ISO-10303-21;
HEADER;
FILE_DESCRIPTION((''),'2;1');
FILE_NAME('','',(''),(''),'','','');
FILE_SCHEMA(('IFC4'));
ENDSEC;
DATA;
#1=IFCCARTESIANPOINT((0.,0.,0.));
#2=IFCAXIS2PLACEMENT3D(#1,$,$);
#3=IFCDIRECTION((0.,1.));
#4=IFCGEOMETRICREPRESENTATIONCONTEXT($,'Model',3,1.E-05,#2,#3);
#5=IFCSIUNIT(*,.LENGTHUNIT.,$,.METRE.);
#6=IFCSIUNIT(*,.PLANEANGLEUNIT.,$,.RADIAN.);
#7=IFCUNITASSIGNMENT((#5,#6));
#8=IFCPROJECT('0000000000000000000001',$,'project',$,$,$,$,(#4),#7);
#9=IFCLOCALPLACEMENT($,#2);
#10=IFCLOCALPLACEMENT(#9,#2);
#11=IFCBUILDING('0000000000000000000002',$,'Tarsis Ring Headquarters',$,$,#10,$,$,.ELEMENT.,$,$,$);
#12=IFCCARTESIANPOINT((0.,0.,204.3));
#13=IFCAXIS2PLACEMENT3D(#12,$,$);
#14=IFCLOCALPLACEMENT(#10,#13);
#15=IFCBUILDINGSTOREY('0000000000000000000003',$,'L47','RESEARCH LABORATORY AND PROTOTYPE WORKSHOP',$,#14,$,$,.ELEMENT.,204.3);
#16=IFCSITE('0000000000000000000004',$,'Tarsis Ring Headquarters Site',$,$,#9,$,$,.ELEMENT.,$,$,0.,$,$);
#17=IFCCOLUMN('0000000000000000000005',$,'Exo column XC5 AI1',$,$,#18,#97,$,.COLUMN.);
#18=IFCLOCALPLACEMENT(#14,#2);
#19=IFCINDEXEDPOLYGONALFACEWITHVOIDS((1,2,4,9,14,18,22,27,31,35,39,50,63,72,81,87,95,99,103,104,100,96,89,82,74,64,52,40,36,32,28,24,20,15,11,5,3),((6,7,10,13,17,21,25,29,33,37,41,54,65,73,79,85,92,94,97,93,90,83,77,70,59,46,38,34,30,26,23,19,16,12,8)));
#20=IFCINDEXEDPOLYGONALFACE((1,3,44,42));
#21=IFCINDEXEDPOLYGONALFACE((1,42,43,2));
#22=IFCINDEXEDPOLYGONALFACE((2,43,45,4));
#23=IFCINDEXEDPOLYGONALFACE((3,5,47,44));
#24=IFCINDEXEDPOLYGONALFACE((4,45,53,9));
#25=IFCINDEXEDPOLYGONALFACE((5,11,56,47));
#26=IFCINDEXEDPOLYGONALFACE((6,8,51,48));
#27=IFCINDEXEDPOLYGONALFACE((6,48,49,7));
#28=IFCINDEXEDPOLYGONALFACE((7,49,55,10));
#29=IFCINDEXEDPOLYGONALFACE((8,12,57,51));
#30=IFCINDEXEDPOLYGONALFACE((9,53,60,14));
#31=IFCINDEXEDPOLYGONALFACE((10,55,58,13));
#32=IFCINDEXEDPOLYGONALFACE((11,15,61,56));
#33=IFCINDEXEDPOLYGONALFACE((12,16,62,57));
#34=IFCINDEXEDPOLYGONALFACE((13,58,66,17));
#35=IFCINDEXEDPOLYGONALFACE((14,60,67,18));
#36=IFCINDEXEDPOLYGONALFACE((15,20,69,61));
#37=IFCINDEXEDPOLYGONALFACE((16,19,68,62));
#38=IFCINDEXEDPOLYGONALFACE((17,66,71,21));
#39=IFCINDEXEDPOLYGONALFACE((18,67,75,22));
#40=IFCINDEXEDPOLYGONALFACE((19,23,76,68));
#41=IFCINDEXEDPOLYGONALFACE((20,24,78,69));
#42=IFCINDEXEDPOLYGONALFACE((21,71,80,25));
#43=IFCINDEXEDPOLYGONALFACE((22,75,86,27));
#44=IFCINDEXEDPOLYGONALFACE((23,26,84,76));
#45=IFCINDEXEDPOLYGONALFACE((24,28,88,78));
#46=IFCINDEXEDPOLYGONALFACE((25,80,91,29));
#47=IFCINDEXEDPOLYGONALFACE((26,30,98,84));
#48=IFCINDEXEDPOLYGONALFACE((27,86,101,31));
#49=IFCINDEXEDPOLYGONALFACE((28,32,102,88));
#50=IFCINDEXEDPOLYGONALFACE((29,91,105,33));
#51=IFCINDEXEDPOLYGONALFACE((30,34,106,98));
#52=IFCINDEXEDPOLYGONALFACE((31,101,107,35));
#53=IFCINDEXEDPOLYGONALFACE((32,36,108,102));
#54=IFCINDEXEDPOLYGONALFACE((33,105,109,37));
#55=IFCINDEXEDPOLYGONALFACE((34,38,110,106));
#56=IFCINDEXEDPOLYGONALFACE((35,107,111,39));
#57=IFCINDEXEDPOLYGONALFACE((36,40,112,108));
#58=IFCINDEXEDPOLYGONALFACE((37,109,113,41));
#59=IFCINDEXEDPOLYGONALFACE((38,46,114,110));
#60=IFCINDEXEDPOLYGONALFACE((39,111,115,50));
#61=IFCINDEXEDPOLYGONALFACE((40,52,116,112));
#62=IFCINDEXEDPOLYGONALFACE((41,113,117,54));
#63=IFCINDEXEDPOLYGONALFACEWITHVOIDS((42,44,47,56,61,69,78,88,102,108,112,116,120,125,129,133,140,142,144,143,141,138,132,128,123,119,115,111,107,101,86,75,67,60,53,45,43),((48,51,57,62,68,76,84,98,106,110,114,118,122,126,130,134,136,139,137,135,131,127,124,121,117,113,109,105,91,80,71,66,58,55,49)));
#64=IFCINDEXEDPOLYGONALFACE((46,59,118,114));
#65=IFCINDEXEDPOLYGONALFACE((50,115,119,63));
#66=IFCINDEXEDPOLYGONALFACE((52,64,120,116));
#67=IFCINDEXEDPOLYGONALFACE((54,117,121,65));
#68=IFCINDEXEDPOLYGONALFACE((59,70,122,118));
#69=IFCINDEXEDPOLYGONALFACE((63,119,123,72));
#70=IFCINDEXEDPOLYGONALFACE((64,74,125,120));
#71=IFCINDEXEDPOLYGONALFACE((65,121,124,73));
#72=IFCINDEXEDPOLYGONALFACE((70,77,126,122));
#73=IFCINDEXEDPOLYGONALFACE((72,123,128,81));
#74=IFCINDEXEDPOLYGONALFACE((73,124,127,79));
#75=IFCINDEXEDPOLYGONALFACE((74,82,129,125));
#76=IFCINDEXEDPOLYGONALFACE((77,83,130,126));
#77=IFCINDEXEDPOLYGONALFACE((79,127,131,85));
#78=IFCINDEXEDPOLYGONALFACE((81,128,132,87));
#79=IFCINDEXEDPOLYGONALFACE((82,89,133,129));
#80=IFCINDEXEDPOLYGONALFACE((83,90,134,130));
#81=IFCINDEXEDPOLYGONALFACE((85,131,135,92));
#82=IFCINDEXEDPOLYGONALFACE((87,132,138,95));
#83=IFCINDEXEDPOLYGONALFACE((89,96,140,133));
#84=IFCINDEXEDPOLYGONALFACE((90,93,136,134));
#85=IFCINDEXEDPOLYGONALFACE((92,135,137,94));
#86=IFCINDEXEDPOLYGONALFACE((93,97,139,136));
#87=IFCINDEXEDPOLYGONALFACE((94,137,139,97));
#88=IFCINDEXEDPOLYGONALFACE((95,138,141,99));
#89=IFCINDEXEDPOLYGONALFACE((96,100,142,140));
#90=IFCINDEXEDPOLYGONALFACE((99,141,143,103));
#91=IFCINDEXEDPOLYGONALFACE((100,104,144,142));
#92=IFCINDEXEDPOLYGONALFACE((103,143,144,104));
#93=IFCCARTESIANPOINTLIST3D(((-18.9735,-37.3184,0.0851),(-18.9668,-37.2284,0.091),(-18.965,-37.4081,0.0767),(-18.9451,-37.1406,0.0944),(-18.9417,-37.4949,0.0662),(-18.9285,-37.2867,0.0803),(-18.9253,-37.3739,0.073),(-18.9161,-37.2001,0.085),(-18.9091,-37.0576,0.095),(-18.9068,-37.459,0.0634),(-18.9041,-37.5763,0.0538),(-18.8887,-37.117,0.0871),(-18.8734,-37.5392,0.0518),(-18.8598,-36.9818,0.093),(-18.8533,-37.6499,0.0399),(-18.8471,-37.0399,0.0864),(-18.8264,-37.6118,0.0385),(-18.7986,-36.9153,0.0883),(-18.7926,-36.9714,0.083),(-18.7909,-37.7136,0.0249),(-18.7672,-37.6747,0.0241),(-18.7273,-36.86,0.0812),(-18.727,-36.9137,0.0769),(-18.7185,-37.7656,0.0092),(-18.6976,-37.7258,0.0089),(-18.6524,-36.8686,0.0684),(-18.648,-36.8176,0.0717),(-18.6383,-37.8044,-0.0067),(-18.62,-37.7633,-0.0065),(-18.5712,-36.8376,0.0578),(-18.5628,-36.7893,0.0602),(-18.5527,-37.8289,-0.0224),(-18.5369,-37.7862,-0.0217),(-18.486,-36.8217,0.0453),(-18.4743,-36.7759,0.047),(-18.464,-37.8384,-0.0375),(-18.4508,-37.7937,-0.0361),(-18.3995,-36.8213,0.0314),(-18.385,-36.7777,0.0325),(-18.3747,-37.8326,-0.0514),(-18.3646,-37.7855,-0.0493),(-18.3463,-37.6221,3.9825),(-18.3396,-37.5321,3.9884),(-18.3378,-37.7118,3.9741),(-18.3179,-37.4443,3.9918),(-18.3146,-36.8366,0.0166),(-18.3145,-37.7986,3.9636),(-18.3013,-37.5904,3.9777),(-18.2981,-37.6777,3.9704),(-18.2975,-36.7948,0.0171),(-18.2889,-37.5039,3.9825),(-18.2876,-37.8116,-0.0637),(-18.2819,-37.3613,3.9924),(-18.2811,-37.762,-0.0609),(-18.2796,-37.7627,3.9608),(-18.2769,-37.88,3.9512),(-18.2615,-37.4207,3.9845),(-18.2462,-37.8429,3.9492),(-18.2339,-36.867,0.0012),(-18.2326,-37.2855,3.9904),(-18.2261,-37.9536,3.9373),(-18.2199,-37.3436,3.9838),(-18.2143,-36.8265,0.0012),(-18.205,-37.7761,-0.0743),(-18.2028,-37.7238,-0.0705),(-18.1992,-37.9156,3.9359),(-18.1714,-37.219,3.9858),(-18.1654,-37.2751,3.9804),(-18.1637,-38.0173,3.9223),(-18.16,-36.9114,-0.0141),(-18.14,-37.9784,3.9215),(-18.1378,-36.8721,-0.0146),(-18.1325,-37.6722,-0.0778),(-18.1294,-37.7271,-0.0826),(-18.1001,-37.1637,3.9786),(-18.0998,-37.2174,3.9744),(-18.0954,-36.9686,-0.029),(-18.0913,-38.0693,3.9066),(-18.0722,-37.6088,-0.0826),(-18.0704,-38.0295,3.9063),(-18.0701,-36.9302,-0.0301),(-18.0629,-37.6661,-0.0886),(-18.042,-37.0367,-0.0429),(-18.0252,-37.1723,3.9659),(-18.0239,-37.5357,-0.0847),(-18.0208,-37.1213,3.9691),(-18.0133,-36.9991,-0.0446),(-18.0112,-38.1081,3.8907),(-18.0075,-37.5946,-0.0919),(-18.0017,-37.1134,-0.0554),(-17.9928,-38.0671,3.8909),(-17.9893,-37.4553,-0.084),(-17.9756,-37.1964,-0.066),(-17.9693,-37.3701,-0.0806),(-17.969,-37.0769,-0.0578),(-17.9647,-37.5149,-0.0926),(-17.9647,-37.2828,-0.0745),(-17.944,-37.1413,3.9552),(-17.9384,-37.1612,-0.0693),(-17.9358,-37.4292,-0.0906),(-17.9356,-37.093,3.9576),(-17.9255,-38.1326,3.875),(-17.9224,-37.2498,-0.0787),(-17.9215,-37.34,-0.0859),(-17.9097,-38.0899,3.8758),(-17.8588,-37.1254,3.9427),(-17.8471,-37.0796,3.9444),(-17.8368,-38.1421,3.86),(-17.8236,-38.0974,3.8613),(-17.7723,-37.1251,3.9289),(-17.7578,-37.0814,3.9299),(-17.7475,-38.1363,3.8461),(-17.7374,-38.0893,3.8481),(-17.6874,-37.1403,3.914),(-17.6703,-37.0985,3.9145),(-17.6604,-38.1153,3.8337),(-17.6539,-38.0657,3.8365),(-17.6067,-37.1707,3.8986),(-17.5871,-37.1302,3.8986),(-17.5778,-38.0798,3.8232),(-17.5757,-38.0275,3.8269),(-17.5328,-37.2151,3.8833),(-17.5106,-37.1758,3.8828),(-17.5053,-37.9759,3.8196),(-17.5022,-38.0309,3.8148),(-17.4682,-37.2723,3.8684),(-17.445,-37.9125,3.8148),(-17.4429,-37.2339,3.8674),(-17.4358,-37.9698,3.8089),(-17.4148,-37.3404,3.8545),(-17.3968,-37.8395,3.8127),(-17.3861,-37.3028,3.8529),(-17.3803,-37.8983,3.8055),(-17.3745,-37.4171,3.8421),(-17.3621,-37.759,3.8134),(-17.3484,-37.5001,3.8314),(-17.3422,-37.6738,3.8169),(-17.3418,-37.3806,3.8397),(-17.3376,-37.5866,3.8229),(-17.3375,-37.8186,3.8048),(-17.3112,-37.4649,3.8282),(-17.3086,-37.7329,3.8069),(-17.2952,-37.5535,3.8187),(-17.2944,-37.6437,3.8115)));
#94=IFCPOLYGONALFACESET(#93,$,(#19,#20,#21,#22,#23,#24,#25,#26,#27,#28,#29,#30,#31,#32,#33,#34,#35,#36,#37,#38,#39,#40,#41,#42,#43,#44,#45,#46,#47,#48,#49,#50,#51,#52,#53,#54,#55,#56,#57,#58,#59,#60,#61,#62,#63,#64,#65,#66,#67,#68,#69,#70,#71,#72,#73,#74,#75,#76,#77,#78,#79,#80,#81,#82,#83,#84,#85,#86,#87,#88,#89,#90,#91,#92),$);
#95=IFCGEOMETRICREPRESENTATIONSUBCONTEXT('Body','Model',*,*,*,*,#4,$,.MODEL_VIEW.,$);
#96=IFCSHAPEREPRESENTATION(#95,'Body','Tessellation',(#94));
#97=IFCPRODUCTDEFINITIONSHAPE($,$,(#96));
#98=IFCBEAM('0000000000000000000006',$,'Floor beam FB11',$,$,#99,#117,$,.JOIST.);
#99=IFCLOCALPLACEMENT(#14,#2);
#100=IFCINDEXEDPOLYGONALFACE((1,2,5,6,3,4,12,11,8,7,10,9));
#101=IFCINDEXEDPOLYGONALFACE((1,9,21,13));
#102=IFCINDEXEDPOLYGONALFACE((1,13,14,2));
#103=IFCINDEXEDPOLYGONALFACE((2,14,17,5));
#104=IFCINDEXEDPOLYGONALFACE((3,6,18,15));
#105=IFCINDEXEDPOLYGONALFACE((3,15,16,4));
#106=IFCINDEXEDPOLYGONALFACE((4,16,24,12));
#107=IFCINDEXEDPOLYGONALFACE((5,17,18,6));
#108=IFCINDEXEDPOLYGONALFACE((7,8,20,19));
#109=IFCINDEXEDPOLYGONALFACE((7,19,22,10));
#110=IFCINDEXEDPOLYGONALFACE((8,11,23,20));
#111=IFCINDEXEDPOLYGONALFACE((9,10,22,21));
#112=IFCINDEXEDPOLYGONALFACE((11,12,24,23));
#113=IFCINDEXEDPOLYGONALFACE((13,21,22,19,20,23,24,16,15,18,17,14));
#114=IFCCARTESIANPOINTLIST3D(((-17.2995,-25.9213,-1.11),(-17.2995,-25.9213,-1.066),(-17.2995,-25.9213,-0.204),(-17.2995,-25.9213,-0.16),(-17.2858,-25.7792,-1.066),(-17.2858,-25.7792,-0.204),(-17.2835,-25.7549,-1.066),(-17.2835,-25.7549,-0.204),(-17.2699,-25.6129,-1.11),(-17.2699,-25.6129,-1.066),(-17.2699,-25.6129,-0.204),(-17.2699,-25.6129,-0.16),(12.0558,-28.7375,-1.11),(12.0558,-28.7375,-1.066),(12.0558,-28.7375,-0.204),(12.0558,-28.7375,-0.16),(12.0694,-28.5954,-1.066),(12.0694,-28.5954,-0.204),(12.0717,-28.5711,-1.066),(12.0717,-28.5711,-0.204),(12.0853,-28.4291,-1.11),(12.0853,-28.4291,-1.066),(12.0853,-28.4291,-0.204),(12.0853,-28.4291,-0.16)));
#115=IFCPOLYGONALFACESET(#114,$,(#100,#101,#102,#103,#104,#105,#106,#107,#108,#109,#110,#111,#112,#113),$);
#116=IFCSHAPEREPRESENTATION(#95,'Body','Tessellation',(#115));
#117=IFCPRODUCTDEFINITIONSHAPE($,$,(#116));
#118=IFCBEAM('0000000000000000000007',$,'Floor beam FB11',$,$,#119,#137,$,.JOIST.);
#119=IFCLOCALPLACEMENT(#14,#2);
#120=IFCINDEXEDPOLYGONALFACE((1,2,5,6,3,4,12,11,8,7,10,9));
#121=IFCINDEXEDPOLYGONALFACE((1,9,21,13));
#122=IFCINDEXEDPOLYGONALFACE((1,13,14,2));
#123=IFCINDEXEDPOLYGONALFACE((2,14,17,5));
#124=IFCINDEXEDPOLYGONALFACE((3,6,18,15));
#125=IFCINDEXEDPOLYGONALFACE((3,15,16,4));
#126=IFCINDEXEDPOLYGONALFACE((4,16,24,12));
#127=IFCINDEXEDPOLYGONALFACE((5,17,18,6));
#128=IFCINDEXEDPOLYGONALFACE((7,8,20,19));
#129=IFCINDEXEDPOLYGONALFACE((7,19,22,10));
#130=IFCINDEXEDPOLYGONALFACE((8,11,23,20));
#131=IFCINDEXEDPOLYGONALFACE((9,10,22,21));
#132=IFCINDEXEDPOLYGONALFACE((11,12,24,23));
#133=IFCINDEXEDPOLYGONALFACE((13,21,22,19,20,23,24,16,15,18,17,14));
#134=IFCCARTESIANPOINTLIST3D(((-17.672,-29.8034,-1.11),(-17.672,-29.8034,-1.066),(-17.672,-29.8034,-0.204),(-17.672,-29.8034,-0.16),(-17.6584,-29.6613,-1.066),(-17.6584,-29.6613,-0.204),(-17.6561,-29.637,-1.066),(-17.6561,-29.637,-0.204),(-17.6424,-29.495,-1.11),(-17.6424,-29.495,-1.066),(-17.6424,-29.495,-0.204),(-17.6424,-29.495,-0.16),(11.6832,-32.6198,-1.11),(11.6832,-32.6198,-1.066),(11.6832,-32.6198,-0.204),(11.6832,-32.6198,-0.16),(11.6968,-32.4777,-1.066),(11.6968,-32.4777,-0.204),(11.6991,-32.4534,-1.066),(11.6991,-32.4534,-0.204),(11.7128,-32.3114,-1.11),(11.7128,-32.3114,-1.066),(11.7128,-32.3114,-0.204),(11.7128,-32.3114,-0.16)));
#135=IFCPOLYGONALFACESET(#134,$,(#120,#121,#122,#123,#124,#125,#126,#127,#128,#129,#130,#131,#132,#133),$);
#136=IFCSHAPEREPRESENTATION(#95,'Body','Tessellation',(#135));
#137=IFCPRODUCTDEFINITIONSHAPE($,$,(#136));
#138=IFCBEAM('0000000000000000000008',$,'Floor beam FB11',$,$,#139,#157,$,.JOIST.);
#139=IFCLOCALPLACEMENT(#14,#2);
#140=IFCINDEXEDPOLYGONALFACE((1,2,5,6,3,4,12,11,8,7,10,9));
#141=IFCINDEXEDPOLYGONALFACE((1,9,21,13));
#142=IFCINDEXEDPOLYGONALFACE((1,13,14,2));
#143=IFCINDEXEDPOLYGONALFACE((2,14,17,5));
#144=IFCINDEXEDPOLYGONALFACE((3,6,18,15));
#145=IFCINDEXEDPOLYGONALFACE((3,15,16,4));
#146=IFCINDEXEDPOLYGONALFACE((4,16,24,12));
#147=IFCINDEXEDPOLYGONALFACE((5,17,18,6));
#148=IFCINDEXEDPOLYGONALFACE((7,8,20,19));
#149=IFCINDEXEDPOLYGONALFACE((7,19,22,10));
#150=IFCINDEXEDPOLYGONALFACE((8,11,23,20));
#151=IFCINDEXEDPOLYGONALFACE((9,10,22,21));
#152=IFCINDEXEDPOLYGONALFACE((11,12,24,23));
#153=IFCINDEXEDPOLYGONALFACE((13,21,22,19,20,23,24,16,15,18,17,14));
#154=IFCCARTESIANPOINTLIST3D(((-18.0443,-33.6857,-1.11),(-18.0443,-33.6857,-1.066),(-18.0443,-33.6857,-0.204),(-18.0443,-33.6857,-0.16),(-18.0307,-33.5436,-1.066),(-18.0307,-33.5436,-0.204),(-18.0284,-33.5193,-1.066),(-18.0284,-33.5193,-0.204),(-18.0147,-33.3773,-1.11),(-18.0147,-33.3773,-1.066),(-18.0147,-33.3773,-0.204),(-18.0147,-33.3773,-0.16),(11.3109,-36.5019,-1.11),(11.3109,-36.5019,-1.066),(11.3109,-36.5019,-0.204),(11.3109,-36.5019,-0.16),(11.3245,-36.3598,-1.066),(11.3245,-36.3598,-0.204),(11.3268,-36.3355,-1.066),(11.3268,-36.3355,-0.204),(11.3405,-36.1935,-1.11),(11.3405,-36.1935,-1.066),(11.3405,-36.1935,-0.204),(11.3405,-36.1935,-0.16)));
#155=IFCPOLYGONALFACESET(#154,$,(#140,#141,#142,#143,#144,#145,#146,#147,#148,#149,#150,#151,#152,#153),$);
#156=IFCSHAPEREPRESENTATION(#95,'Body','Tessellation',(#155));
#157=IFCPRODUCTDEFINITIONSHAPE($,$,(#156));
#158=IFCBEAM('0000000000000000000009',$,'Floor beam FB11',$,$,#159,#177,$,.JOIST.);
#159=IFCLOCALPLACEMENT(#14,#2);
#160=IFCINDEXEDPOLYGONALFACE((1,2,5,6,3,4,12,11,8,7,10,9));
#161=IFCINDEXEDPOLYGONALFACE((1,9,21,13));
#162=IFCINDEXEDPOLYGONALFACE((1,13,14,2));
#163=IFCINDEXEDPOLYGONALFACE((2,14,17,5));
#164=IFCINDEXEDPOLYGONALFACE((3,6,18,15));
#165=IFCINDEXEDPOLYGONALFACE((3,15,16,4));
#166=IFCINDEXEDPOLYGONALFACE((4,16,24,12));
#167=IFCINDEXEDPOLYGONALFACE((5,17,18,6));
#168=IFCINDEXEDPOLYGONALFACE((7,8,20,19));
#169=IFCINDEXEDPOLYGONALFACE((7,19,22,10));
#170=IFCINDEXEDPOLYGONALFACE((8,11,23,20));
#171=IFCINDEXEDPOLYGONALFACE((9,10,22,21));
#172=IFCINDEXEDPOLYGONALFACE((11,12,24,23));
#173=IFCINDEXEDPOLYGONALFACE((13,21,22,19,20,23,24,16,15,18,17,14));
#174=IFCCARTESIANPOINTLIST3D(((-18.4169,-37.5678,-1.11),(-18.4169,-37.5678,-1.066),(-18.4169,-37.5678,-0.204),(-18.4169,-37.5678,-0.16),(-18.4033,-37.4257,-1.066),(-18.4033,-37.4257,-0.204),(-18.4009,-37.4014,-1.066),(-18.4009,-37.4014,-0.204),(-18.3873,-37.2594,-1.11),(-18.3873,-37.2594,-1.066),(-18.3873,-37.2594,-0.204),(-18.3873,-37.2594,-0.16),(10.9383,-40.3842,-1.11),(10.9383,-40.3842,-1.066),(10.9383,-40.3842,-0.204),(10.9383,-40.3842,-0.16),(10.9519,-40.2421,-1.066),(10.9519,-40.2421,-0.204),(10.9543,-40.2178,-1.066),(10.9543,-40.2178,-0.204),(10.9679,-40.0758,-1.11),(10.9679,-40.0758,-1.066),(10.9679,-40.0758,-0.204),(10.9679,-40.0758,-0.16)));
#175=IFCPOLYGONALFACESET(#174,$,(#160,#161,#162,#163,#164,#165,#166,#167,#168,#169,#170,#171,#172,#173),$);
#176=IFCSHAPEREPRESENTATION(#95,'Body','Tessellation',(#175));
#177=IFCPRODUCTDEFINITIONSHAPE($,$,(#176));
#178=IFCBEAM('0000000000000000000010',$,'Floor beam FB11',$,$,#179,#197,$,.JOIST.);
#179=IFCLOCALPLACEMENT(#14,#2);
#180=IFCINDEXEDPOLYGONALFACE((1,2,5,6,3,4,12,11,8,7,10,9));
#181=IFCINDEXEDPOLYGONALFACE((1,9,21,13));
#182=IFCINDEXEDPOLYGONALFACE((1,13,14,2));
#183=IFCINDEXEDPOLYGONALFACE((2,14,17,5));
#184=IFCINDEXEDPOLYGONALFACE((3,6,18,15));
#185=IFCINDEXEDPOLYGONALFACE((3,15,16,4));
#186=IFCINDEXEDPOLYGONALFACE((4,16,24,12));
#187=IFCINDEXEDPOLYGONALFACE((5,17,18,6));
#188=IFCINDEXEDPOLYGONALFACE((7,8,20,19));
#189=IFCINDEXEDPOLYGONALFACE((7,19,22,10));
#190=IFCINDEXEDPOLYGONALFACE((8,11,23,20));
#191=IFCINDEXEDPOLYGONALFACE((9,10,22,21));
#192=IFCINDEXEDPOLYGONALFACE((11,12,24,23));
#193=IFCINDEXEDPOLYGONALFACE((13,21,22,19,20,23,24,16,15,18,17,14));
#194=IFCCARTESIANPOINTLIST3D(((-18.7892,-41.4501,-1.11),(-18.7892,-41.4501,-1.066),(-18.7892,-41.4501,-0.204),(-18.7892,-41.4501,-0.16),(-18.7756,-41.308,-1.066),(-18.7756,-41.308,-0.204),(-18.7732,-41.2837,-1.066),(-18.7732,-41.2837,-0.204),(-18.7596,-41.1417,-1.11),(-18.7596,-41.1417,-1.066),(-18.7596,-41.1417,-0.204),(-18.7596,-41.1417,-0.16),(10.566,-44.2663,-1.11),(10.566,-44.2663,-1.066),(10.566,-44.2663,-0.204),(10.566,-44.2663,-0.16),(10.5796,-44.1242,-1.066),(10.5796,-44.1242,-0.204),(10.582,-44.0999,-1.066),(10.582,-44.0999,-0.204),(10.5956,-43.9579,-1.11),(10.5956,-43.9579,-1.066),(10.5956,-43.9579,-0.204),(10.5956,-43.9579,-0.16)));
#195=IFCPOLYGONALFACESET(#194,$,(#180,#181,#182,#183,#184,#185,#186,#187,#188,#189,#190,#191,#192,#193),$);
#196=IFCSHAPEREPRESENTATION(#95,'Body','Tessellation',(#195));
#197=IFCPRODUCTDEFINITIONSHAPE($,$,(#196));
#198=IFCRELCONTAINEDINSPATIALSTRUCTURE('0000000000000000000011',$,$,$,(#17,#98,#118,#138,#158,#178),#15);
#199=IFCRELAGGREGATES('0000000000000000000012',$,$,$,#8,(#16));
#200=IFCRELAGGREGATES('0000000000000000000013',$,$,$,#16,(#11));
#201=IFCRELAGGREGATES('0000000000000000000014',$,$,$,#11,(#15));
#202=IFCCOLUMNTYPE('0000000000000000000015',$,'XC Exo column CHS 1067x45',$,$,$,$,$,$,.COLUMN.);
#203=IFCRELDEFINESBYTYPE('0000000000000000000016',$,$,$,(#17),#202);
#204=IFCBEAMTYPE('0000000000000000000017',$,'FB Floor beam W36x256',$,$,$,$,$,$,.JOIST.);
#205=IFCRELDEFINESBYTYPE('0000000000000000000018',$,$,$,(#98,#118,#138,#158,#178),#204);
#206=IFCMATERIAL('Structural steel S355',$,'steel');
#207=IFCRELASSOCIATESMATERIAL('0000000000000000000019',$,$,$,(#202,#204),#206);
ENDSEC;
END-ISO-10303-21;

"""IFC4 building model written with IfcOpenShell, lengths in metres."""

from ifc_helpers import new_model, si_unit, direction, frame, origin, origin_2d, place, context, subcontext, project, spatial, hollow_circle, i_section, extrude, material, material_profile, profile_set, type_object, element, save


model = new_model("IFC4")

# Units and contexts
model_context = context("Model", 3, precision=1e-05, world=origin(), true_north=direction((0.0, 1.0)))
body_context = subcontext(model_context, "Body", "Model", "MODEL_VIEW")
ifc_project = project(units=[si_unit("LENGTHUNIT", "METRE"), si_unit("PLANEANGLEUNIT", "RADIAN")], contexts=[model_context])

# Site, building, storey
site_placement = place(None, origin())
site = spatial("IfcSite", under=ifc_project, at=site_placement, Name="Tarsis Ring Headquarters Site", CompositionType="ELEMENT", RefElevation=0.0)
building_placement = place(site_placement, origin())
building = spatial("IfcBuilding", under=site, at=building_placement, Name="Tarsis Ring Headquarters", CompositionType="ELEMENT")
storey_placement = place(building_placement, frame((0.0, 0.0, 204.3)))
storey = spatial("IfcBuildingStorey", under=building, at=storey_placement, Name="L47", Description="RESEARCH LABORATORY AND PROTOTYPE WORKSHOP", CompositionType="ELEMENT", Elevation=204.3)

# Column
ifc_material_1 = material(Name="Structural steel S355", Category="steel")
ifc_material_profile_1 = material_profile(ifc_material_1, hollow_circle(Radius=0.5334, WallThickness=0.0449, at=origin_2d()), Name="CHS 1067x45")
ifc_profile_set_1 = profile_set([ifc_material_profile_1], Name="Structural steel S355")
column_type = type_object("IfcColumnType", Name="XC Exo column CHS 1067x45", PredefinedType="COLUMN", material=ifc_profile_set_1)
column_placement = place(storey_placement, frame((-18.4468, -37.3066, 0.0012), z_axis=(0.158412, -0.076709, 0.984389), x_axis=(0.435826, 0.900031, 0.0)))
element("IfcColumn", 1, at=column_placement, inside=storey, type_object=column_type, Name="Exo column XC5 AI1", PredefinedType="COLUMN", context=body_context, shape_type="SweptSolid", body=[
    extrude(hollow_circle(Radius=0.5334, WallThickness=0.0449, at=origin_2d()), origin(), (0.0, 0.0, 1.0), 3.9592),
])

# Beams
ifc_material_profile_2 = material_profile(ifc_material_1, i_section(OverallWidth=0.3098, OverallDepth=0.95, WebThickness=0.0244, FlangeThickness=0.0439, at=origin_2d()), Name="W36x256")
ifc_profile_set_2 = profile_set([ifc_material_profile_2], Name="Structural steel S355")
beam_type_1 = type_object("IfcBeamType", Name="FB Floor beam W36x256", PredefinedType="JOIST", material=ifc_profile_set_2)
for number, where, z_axis, x_axis, name in (
    (2, (-17.2847, -25.7671, -0.635), (0.99543, -0.095496, 0.0), (0.095496, 0.99543, 0.0), "Floor beam FB11"),
    (3, (-17.6572, -29.6492, -0.635), (0.995429, -0.095504, 0.0), (0.095504, 0.995429, 0.0), "Floor beam FB11"),
    (4, (-18.0295, -33.5315, -0.635), (0.99543, -0.095496, 0.0), (0.095496, 0.99543, 0.0), "Floor beam FB11"),
    (5, (-18.4021, -37.4136, -0.635), (0.995429, -0.095504, 0.0), (0.095504, 0.995429, 0.0), "Floor beam FB11"),
    (6, (-18.7744, -41.2959, -0.635), (0.99543, -0.095496, 0.0), (0.095496, 0.99543, 0.0), "Floor beam FB11"),
):
    element("IfcBeam", number, at=place(storey_placement, frame(where, z_axis=z_axis, x_axis=x_axis)), inside=storey, type_object=beam_type_1, Name=name, PredefinedType="JOIST", context=body_context, shape_type="SweptSolid", body=[
        extrude(i_section(OverallWidth=0.3098, OverallDepth=0.95, WebThickness=0.0244, FlangeThickness=0.0439, at=origin_2d()), origin(), (0.0, 0.0, 1.0), 29.49),
    ])

save(model, "model.ifc")
